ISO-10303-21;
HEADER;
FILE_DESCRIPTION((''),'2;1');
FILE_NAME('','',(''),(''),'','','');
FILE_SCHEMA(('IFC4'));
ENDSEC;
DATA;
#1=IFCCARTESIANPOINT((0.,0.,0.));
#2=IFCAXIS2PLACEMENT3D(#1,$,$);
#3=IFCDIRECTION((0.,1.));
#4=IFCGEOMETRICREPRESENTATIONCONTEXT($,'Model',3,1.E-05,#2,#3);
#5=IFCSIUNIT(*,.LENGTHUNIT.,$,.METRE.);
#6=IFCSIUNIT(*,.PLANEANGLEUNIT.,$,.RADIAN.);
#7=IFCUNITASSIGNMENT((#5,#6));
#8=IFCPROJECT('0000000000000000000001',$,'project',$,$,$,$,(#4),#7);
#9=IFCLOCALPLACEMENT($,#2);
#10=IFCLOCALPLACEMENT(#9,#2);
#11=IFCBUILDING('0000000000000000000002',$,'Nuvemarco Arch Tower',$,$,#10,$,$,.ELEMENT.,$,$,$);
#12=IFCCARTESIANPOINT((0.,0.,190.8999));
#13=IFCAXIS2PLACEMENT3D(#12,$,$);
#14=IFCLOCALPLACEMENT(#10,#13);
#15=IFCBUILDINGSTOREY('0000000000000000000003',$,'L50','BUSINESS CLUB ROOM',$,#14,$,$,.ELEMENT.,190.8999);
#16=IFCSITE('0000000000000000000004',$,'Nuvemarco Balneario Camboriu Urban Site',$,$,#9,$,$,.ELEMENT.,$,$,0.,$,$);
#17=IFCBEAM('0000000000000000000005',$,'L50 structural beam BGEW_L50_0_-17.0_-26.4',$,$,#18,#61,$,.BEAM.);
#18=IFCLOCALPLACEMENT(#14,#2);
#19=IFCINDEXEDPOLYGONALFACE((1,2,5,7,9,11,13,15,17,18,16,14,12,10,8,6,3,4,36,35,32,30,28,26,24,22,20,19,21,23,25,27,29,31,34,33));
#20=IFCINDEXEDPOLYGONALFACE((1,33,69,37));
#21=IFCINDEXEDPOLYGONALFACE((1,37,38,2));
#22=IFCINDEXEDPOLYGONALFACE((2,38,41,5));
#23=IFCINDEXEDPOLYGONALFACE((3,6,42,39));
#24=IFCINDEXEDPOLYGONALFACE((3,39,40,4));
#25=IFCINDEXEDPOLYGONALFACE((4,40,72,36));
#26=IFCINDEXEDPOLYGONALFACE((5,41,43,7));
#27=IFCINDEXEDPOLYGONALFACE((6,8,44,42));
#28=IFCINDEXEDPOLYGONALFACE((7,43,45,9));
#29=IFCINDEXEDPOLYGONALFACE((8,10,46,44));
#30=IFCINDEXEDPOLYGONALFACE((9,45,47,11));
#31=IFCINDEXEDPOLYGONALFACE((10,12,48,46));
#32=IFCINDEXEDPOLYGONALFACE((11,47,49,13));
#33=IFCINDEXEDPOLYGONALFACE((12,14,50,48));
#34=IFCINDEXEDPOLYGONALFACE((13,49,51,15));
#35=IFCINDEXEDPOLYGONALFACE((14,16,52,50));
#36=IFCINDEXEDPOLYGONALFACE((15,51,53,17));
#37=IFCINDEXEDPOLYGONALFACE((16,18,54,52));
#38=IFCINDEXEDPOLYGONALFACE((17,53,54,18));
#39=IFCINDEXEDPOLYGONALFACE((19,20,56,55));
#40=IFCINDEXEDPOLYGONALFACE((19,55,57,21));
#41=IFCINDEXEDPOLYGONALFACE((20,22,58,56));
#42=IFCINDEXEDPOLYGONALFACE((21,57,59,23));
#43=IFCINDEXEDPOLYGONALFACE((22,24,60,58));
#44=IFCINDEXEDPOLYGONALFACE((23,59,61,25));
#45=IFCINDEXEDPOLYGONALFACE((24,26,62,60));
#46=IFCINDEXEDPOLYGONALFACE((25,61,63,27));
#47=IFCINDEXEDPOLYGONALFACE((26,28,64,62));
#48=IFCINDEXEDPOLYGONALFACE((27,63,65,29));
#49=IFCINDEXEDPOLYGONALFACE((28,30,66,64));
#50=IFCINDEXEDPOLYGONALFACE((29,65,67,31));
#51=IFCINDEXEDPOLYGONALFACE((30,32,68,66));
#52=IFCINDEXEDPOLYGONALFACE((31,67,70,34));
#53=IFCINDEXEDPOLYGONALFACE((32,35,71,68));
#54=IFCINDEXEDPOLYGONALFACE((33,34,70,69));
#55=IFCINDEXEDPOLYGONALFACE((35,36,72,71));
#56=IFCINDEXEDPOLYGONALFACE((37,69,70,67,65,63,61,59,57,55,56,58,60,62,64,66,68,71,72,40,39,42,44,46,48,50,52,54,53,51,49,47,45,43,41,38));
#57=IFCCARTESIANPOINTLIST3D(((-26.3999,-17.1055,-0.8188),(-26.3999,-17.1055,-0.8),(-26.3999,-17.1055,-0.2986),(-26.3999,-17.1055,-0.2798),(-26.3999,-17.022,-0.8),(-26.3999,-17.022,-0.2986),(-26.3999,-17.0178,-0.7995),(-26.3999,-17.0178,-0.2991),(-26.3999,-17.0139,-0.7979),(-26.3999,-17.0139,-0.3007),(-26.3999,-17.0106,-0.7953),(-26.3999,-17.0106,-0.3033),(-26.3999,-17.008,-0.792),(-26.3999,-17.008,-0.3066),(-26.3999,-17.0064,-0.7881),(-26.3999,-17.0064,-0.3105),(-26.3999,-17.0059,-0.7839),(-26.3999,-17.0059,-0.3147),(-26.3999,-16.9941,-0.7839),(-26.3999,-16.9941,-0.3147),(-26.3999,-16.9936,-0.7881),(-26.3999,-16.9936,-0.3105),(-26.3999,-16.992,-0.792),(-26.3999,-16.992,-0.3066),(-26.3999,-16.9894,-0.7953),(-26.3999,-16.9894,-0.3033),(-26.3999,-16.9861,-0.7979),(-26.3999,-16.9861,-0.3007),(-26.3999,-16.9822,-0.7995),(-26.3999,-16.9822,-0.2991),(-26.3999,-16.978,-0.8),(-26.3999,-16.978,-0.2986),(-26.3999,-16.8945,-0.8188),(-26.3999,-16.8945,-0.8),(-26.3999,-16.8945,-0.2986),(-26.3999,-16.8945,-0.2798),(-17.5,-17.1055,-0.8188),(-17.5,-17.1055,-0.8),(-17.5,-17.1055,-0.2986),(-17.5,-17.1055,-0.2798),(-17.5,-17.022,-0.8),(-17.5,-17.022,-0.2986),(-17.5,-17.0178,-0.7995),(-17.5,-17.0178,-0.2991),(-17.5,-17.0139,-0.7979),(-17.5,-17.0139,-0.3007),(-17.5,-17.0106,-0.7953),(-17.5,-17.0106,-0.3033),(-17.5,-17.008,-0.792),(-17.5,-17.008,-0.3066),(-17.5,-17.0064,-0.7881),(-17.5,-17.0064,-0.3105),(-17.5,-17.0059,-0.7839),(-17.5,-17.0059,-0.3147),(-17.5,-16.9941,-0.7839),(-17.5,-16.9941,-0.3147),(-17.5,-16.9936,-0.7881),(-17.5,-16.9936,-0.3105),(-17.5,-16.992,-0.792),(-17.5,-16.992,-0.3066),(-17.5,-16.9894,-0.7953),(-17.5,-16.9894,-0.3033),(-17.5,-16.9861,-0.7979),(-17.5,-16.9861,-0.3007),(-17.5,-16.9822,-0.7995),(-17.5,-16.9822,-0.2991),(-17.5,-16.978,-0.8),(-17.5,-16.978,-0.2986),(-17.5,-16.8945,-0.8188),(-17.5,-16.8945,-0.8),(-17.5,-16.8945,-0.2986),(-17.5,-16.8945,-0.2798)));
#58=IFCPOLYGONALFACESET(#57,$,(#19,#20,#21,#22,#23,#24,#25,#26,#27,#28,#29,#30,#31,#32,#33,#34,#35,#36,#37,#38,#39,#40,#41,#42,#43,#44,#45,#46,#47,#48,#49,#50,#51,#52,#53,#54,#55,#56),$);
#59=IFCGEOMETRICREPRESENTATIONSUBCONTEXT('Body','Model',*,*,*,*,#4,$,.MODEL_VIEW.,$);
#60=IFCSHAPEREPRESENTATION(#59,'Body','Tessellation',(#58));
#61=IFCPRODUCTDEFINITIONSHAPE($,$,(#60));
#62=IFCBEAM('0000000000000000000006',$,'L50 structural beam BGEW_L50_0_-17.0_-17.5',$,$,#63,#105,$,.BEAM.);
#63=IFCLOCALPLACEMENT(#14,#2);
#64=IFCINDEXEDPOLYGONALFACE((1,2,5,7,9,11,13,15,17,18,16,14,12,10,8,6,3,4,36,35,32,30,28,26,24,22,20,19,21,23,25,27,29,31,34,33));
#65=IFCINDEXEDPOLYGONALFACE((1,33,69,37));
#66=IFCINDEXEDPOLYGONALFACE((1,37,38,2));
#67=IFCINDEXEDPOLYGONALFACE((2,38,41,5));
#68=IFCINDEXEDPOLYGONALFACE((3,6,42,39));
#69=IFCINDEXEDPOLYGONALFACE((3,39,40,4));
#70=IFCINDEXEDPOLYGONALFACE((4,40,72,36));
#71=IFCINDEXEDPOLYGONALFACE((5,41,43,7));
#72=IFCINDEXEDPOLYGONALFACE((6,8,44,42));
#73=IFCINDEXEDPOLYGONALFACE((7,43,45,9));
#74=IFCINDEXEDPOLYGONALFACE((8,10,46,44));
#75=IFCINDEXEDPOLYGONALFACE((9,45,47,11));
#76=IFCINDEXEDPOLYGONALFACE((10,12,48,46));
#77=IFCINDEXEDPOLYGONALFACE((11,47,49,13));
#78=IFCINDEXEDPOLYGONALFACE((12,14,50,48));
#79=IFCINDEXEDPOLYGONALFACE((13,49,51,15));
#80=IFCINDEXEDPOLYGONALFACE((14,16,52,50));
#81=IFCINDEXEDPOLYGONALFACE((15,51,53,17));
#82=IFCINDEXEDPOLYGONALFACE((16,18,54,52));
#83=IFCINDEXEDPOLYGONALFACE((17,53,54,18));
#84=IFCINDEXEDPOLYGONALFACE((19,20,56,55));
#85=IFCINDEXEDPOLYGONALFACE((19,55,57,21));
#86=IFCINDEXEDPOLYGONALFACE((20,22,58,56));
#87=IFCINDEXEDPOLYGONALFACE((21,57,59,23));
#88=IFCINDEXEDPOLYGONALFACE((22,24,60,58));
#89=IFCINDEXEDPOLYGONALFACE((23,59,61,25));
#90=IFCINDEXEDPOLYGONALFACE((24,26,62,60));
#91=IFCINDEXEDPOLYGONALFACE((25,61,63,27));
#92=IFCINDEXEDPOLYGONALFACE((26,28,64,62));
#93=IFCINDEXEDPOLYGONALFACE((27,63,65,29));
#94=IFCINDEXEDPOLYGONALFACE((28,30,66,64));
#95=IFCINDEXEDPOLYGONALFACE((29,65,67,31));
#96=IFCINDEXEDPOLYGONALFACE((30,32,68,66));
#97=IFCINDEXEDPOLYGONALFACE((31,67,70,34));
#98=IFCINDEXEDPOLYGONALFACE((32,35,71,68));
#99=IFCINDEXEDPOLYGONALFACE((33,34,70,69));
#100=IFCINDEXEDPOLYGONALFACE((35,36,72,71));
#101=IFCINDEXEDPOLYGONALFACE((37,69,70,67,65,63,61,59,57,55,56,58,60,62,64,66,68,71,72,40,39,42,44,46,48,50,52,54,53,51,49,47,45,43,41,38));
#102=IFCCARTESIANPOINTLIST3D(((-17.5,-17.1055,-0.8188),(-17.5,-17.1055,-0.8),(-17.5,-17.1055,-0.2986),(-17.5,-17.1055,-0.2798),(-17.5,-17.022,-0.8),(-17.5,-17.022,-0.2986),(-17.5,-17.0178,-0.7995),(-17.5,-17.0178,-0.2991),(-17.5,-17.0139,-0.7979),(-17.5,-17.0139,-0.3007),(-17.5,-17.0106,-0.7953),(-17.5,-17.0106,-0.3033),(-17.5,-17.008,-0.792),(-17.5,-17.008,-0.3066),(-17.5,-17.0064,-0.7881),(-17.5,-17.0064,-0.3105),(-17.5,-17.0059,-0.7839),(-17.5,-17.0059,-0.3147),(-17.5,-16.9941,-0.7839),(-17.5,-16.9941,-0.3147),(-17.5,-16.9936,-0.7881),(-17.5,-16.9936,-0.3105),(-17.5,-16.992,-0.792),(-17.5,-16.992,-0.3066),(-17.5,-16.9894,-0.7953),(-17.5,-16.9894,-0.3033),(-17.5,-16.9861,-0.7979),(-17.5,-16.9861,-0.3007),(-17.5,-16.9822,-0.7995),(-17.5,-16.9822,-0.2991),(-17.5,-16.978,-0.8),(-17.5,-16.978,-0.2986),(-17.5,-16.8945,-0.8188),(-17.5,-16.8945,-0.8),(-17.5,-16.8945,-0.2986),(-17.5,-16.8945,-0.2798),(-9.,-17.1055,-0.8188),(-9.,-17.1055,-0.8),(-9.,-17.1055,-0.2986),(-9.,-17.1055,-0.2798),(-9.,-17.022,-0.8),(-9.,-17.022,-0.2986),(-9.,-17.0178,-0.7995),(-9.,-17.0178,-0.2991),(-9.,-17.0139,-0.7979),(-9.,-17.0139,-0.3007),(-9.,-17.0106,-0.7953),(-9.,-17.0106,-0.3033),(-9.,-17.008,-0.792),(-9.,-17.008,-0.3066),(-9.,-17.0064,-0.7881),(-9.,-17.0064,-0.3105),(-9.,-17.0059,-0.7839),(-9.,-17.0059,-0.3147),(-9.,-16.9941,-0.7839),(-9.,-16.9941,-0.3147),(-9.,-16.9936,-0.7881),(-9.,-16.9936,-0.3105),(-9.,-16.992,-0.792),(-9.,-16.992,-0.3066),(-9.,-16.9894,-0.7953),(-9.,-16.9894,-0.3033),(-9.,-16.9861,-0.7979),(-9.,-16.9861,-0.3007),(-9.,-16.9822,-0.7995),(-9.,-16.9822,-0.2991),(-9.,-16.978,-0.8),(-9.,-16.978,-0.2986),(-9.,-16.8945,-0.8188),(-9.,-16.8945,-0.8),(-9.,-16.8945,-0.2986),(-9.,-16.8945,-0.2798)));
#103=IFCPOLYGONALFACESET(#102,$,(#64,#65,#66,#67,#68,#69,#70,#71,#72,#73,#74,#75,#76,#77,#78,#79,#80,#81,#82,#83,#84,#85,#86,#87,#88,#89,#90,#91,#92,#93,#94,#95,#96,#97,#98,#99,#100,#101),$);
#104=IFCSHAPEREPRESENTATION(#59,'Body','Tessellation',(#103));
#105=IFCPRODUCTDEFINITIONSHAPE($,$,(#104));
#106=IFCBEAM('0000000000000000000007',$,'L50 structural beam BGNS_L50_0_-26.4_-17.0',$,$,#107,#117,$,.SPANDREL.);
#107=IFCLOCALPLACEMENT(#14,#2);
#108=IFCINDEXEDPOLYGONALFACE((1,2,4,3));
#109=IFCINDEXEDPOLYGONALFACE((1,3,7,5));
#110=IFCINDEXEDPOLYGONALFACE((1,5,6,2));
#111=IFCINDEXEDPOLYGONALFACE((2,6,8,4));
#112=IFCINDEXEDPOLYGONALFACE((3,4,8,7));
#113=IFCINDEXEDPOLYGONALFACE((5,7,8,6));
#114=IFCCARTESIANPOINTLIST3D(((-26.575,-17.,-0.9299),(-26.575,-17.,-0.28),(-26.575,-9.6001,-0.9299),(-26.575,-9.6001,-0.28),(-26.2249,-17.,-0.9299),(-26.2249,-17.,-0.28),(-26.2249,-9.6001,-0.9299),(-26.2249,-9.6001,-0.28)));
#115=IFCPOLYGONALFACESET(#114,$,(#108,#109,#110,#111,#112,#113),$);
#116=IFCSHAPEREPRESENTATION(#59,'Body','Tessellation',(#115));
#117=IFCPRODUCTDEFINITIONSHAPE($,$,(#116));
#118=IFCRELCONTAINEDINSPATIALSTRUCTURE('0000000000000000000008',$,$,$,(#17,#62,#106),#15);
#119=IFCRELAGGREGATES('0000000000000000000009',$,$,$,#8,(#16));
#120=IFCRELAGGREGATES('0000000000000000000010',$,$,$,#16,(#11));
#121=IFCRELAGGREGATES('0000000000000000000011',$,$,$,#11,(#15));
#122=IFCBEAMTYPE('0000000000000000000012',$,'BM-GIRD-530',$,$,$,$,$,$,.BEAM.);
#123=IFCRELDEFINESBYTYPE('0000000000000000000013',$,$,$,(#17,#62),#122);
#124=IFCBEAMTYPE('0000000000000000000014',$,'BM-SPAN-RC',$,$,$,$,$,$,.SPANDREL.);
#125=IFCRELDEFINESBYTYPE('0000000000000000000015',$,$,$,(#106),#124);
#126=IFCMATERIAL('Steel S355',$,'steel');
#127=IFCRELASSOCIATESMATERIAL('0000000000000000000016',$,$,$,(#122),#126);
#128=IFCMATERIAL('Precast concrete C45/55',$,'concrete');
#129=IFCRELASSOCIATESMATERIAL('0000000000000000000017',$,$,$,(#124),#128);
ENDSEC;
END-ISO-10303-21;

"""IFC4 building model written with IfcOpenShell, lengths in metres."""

from ifc_helpers import new_model, si_unit, direction, frame, origin, origin_2d, place, context, subcontext, project, spatial, rectangle, i_section, extrude, material, material_profile, profile_set, type_object, element, save


model = new_model("IFC4")

# Units and contexts
model_context = context("Model", 3, precision=1e-05, world=origin(), true_north=direction((0.0, 1.0)))
body_context = subcontext(model_context, "Body", "Model", "MODEL_VIEW")
ifc_project = project(units=[si_unit("LENGTHUNIT", "METRE"), si_unit("PLANEANGLEUNIT", "RADIAN")], contexts=[model_context])

# Site, building, storey
site_placement = place(None, origin())
site = spatial("IfcSite", under=ifc_project, at=site_placement, Name="Nuvemarco Balneario Camboriu Urban Site", CompositionType="ELEMENT", RefElevation=0.0)
building_placement = place(site_placement, origin())
building = spatial("IfcBuilding", under=site, at=building_placement, Name="Nuvemarco Arch Tower", CompositionType="ELEMENT")
storey_placement = place(building_placement, frame((0.0, 0.0, 190.8999)))
storey = spatial("IfcBuildingStorey", under=building, at=storey_placement, Name="L50", Description="BUSINESS CLUB ROOM", CompositionType="ELEMENT", Elevation=190.8999)

# Shared definitions
ifc_material_1 = material(Name="Steel S355", Category="steel")

# Beams
ifc_material_profile_1 = material_profile(ifc_material_1, i_section(OverallWidth=0.2109, OverallDepth=0.5391, WebThickness=0.0117, FlangeThickness=0.0188, FilletRadius=0.0161, at=origin_2d()), Name="W530x109")
ifc_profile_set_1 = profile_set([ifc_material_profile_1], Name="Steel S355")
beam_type_1 = type_object("IfcBeamType", Name="BM-GIRD-530", PredefinedType="BEAM", material=ifc_profile_set_1)
beam_1_placement = place(storey_placement, frame((-26.3999, -17.0, -0.5493), z_axis=(1.0, 0.0, 0.0), x_axis=(0.0, 1.0, 0.0)))
element("IfcBeam", 1, at=beam_1_placement, inside=storey, type_object=beam_type_1, Name="L50 structural beam BGEW_L50_0_-17.0_-26.4", PredefinedType="BEAM", context=body_context, shape_type="SweptSolid", body=[
    extrude(i_section(OverallWidth=0.2109, OverallDepth=0.5391, WebThickness=0.0117, FlangeThickness=0.0188, FilletRadius=0.0161, at=origin_2d()), origin(), (0.0, 0.0, 1.0), 8.8999),
])
beam_2_placement = place(storey_placement, frame((-17.5, -17.0, -0.5493), z_axis=(1.0, 0.0, 0.0), x_axis=(0.0, 1.0, 0.0)))
element("IfcBeam", 2, at=beam_2_placement, inside=storey, type_object=beam_type_1, Name="L50 structural beam BGEW_L50_0_-17.0_-17.5", PredefinedType="BEAM", context=body_context, shape_type="SweptSolid", body=[
    extrude(i_section(OverallWidth=0.2109, OverallDepth=0.5391, WebThickness=0.0117, FlangeThickness=0.0188, FilletRadius=0.0161, at=origin_2d()), origin(), (0.0, 0.0, 1.0), 8.5),
])
ifc_material_2 = material(Name="Precast concrete C45/55", Category="concrete")
ifc_material_profile_2 = material_profile(ifc_material_2, rectangle(XDim=0.3501, YDim=0.6499, at=origin_2d()), Name="PC-SP-350x650")
ifc_profile_set_2 = profile_set([ifc_material_profile_2], Name="Precast concrete C45/55")
beam_type_2 = type_object("IfcBeamType", Name="BM-SPAN-RC", PredefinedType="SPANDREL", material=ifc_profile_set_2)
beam_3_placement = place(storey_placement, frame((-26.3999, -17.0, -0.605), z_axis=(0.0, 1.0, 0.0), x_axis=(-1.0, 0.0, 0.0)))
element("IfcBeam", 3, at=beam_3_placement, inside=storey, type_object=beam_type_2, Name="L50 structural beam BGNS_L50_0_-26.4_-17.0", PredefinedType="SPANDREL", context=body_context, shape_type="SweptSolid", body=[
    extrude(rectangle(XDim=0.3501, YDim=0.6499, at=origin_2d()), origin(), (0.0, 0.0, 1.0), 7.3999),
])

save(model, "model.ifc")
